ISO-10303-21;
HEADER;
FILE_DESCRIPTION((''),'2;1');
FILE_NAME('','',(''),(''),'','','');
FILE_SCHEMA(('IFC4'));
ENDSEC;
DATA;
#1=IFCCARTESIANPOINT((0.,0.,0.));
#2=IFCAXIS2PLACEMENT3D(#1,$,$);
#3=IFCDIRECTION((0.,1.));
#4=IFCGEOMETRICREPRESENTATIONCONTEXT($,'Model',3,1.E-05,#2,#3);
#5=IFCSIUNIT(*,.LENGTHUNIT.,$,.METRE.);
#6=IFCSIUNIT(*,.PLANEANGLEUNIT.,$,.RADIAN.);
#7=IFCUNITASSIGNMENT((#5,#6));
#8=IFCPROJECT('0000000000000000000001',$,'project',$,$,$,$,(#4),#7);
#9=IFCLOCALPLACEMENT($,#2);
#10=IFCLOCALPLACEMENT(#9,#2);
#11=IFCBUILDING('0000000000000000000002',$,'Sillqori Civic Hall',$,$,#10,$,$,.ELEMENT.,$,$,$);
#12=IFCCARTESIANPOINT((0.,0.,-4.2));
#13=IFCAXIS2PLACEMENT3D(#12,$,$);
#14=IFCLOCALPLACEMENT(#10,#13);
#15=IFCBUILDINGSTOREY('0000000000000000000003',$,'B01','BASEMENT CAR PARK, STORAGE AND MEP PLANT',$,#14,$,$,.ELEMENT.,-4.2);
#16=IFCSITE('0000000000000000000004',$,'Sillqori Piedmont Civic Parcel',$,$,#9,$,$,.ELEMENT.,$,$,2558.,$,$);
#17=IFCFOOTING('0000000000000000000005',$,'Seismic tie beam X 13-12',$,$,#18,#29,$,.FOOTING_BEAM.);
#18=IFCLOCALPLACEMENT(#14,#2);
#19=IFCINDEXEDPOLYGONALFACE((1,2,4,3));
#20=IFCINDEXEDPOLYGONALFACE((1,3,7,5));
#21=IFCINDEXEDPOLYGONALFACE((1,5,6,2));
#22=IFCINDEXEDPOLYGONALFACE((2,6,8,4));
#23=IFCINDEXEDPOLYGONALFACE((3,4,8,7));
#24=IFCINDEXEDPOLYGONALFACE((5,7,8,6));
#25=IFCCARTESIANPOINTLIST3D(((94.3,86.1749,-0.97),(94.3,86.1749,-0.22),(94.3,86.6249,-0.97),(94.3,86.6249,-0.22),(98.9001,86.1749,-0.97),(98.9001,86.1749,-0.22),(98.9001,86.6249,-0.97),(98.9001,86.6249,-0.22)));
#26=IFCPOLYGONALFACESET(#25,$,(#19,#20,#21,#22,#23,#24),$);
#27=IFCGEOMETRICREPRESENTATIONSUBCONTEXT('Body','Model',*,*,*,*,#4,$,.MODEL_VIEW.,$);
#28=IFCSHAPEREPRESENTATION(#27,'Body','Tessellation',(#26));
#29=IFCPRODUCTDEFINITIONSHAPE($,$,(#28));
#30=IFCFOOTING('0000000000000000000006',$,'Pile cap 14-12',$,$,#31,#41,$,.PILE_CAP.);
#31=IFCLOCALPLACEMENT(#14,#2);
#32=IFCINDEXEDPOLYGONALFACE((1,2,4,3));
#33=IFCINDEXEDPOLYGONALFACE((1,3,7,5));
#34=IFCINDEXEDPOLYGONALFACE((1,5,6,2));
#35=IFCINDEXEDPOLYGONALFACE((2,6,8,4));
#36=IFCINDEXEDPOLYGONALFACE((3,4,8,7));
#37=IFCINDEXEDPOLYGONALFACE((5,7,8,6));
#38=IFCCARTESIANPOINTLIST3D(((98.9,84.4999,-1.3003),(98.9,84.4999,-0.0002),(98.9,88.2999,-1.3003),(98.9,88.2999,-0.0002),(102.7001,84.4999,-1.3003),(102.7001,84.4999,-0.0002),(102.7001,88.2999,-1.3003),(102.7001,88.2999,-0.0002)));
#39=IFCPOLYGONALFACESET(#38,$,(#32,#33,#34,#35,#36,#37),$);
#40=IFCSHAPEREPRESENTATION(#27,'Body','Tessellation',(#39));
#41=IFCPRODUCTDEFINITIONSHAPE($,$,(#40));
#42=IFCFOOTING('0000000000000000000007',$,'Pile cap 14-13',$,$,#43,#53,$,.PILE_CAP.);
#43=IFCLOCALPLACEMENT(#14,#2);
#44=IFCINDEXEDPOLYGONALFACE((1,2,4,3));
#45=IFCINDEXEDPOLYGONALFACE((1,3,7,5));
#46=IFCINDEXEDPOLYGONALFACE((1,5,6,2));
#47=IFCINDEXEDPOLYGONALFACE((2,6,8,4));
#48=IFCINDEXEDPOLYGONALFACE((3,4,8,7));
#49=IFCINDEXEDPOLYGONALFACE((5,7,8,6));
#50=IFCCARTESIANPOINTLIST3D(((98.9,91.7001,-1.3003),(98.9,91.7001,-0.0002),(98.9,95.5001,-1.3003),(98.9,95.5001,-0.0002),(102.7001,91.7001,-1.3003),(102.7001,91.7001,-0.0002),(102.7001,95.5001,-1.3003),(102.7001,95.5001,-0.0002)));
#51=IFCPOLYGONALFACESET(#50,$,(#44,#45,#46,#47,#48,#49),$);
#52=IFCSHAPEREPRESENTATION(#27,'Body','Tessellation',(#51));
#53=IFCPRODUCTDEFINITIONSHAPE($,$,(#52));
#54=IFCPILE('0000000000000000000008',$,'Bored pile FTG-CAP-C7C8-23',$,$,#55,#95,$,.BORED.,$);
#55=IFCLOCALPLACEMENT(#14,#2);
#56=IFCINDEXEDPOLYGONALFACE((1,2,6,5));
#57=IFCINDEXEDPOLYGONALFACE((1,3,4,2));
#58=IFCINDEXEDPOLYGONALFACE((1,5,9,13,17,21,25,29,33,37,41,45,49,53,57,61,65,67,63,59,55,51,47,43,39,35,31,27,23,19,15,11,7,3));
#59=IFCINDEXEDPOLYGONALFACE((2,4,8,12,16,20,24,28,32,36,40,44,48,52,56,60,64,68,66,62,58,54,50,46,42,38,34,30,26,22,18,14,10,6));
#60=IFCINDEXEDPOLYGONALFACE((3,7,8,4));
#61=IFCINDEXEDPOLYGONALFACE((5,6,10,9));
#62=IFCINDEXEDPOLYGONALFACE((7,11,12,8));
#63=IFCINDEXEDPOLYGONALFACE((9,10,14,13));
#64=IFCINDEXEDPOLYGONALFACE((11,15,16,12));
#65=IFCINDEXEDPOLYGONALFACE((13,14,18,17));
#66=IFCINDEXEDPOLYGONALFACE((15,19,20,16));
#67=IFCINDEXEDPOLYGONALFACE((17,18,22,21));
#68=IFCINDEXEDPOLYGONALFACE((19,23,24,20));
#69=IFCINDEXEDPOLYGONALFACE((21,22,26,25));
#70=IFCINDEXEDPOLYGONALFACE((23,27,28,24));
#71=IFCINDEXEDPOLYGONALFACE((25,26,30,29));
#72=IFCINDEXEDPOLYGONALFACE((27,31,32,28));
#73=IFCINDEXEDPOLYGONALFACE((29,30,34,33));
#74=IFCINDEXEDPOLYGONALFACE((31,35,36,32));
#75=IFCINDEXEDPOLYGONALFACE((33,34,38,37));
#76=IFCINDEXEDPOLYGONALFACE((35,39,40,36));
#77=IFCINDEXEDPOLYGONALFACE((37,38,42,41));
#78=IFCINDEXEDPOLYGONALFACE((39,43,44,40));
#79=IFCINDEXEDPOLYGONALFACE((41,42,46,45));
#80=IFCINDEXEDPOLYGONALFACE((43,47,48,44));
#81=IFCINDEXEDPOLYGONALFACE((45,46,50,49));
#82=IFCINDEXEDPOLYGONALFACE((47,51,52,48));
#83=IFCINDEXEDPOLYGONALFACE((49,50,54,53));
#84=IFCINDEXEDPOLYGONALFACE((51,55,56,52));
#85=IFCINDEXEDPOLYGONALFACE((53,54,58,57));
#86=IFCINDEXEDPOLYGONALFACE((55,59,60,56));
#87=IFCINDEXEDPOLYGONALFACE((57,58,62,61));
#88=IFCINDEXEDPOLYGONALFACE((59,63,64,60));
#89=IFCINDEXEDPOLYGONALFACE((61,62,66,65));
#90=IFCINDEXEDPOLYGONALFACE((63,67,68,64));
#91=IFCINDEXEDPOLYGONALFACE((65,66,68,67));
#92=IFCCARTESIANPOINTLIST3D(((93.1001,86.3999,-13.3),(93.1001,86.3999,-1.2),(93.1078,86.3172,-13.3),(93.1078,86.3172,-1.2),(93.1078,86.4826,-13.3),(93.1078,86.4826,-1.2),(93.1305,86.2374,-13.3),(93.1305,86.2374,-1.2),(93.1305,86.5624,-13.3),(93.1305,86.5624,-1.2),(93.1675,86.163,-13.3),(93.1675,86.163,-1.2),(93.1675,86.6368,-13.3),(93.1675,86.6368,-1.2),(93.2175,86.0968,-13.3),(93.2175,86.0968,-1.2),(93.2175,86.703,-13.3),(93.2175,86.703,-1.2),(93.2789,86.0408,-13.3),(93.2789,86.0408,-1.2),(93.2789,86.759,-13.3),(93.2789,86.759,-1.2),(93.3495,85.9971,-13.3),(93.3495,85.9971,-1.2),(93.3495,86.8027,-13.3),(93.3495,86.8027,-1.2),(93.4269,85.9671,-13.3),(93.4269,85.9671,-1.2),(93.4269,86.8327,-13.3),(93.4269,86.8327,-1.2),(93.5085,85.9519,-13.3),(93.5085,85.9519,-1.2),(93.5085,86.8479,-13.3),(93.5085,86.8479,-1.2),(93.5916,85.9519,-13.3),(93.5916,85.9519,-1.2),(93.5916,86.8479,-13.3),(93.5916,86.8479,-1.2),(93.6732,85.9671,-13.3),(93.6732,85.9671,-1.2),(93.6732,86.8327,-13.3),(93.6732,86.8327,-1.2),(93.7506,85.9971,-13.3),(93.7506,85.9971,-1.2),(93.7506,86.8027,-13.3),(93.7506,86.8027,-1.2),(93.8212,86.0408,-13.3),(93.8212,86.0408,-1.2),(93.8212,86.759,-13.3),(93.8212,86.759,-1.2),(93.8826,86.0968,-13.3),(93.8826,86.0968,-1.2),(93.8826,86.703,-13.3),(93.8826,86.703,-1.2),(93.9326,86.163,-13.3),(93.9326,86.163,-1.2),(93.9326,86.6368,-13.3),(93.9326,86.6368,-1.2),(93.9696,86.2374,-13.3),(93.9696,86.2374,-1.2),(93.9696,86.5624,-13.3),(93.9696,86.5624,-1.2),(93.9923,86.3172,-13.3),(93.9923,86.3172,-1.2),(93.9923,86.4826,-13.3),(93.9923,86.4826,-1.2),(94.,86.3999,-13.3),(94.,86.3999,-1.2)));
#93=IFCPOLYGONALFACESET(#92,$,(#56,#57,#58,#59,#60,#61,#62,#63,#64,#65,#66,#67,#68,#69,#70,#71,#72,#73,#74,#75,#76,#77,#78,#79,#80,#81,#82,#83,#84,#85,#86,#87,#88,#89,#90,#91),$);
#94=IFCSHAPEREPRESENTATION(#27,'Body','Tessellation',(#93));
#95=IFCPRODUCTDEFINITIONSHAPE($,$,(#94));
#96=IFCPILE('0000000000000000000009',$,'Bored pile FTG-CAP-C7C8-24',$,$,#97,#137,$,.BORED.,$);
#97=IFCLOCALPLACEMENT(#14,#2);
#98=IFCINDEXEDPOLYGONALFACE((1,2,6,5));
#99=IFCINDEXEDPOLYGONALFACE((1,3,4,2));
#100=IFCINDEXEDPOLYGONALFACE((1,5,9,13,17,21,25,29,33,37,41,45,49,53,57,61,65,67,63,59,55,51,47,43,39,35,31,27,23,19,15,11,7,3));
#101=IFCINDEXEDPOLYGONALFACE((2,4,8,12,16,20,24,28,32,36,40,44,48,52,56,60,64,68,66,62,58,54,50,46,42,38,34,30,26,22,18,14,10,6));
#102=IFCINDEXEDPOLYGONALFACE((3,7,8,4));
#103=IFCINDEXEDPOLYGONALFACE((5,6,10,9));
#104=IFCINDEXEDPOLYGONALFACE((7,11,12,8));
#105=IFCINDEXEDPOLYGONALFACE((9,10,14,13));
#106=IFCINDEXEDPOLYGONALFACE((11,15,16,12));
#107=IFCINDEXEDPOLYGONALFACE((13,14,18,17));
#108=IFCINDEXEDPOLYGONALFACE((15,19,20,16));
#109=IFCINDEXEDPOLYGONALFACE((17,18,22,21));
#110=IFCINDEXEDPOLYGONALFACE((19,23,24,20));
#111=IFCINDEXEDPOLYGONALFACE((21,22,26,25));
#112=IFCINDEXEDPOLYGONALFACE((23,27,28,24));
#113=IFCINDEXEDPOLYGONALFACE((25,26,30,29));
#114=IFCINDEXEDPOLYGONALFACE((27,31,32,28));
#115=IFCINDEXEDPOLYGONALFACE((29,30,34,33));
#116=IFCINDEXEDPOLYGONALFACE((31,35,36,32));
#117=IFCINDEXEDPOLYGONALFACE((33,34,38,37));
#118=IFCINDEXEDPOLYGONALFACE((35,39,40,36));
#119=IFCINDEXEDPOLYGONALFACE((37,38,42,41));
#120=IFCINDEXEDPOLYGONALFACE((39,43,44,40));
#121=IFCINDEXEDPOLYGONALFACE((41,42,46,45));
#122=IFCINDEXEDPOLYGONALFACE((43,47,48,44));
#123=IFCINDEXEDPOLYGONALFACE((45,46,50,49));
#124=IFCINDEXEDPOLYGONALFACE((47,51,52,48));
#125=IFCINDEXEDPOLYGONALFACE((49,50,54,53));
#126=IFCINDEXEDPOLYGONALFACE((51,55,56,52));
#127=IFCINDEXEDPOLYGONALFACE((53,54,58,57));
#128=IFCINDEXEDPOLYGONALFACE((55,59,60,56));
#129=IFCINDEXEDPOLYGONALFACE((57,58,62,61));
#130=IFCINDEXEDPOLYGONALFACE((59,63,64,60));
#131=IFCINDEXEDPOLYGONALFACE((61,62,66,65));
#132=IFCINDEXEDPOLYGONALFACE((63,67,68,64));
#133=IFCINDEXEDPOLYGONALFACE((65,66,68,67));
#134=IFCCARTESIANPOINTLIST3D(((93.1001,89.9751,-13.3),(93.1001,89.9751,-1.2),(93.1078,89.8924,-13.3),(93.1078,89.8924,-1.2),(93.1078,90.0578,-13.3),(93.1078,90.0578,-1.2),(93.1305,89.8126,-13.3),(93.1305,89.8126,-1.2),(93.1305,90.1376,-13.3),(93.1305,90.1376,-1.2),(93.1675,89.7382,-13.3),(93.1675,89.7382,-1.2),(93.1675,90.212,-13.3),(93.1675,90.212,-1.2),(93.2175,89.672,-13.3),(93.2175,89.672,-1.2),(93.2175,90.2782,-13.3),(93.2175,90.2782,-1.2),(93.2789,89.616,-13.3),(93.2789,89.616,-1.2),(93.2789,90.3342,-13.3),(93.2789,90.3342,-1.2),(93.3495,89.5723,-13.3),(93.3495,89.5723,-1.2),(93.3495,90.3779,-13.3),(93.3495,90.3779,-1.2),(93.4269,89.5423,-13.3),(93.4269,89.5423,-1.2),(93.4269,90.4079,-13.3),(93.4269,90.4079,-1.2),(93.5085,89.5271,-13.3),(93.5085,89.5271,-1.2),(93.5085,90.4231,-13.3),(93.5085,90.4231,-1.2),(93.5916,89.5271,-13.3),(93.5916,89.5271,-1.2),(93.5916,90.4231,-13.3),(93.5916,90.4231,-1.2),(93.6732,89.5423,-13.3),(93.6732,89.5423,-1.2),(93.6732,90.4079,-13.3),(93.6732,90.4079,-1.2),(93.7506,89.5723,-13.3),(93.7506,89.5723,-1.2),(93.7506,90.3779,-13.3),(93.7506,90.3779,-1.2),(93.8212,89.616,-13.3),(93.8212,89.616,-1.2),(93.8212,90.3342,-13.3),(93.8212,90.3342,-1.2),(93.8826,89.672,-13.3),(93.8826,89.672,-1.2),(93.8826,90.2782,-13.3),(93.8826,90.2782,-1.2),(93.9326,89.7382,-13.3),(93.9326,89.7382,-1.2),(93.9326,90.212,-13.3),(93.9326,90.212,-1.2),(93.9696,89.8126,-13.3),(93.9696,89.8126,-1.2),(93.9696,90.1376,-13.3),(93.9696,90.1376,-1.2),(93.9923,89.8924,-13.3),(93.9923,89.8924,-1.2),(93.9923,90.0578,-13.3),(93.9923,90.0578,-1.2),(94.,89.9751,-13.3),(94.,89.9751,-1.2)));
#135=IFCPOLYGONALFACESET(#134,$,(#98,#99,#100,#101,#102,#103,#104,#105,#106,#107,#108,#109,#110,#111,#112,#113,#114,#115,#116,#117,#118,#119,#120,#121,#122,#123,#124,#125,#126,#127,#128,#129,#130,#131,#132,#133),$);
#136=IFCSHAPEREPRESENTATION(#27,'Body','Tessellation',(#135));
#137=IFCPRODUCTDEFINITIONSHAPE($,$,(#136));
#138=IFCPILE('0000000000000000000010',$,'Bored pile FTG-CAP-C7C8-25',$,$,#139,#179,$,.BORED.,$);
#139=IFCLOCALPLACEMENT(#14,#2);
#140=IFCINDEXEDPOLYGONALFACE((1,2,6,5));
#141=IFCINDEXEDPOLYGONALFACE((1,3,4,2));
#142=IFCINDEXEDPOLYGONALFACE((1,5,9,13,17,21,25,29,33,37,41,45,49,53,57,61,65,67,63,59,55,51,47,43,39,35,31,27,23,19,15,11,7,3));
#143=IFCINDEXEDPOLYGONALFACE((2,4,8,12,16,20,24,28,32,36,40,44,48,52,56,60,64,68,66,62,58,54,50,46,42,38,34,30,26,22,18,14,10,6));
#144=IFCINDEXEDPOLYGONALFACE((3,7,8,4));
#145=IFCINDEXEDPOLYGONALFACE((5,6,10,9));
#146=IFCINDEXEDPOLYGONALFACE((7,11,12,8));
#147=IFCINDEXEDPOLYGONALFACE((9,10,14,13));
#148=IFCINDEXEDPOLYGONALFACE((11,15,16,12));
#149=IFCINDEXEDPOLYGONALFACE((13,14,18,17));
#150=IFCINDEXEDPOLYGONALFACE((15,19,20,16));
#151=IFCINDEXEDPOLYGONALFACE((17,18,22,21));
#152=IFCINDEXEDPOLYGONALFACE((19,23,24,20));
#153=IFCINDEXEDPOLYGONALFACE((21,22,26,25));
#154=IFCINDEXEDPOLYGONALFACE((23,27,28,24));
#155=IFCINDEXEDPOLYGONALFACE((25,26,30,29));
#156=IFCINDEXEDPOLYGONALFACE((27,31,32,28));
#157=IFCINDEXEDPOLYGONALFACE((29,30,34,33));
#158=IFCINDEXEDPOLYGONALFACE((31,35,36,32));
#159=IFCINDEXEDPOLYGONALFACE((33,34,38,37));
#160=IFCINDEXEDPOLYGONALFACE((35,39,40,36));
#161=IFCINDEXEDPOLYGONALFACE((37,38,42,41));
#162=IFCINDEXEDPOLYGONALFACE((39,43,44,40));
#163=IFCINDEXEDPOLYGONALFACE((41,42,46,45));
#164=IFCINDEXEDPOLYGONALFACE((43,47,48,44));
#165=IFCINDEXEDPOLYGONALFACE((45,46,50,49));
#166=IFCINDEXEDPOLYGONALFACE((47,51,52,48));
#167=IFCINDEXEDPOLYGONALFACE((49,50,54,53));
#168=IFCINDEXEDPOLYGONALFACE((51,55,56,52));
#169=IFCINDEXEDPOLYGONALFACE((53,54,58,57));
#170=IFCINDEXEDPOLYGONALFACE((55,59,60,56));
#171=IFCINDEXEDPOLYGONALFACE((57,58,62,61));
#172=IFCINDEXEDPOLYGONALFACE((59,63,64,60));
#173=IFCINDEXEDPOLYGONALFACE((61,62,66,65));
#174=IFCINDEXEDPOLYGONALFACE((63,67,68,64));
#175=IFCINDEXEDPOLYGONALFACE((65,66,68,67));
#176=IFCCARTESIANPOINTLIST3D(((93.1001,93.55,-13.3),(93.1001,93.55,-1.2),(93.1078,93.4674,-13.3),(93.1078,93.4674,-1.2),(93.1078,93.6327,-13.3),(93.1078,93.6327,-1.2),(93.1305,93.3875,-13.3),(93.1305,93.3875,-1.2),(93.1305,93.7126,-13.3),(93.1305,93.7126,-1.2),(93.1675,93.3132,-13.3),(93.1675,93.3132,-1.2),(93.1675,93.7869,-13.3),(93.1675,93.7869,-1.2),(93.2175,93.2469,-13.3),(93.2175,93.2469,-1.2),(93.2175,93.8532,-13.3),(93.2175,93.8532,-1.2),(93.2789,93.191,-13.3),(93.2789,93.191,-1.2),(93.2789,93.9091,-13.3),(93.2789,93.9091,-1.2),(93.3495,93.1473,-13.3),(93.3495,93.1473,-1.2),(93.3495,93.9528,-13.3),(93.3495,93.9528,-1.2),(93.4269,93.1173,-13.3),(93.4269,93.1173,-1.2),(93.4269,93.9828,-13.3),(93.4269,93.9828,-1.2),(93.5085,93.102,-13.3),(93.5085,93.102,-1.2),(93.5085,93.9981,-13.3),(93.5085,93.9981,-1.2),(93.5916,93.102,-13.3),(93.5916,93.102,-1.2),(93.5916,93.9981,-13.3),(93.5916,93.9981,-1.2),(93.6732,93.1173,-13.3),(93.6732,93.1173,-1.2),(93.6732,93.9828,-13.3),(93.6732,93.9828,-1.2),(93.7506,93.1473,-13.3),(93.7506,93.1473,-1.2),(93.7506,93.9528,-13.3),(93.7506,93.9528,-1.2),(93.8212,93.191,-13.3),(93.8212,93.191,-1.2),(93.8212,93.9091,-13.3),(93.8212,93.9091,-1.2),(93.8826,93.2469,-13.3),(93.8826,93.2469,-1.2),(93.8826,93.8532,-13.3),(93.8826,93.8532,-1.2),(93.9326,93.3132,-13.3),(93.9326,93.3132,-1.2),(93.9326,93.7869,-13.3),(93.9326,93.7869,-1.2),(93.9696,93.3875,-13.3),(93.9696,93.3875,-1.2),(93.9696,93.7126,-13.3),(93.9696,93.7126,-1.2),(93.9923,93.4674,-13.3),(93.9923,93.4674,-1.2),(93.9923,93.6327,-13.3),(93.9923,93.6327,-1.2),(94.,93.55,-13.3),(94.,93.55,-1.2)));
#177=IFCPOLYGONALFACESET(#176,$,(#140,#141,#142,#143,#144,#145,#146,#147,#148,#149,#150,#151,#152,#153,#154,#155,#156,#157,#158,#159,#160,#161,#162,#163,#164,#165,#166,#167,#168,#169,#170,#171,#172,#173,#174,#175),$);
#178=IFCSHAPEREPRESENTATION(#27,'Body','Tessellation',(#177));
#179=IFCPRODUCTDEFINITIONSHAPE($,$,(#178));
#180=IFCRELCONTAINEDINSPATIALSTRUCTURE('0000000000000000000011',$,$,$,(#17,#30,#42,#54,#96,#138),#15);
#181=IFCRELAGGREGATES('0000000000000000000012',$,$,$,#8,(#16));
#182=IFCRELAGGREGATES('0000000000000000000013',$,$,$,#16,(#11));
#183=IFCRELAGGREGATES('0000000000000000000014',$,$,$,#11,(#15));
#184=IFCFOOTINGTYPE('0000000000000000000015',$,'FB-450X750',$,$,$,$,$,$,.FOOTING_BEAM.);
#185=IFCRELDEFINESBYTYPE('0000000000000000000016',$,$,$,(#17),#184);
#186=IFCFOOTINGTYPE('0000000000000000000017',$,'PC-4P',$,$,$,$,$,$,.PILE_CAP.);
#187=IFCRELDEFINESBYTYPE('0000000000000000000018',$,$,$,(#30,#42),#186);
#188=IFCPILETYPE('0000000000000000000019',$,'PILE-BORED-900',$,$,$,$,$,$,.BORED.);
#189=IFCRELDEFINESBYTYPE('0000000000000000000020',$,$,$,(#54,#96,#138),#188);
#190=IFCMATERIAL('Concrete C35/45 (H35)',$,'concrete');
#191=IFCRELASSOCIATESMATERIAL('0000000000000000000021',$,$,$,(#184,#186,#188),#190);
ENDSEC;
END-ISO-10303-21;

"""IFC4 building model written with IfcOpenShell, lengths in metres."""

from ifc_helpers import new_model, si_unit, direction, frame, origin, origin_2d, place, context, subcontext, project, spatial, rectangle, circle, extrude, material, material_profile, profile_set, type_object, element, save


model = new_model("IFC4")

# Units and contexts
model_context = context("Model", 3, precision=1e-05, world=origin(), true_north=direction((0.0, 1.0)))
body_context = subcontext(model_context, "Body", "Model", "MODEL_VIEW")
ifc_project = project(units=[si_unit("LENGTHUNIT", "METRE"), si_unit("PLANEANGLEUNIT", "RADIAN")], contexts=[model_context])

# Site, building, storey
site_placement = place(None, origin())
site = spatial("IfcSite", under=ifc_project, at=site_placement, Name="Sillqori Piedmont Civic Parcel", CompositionType="ELEMENT", RefElevation=2558.0)
building_placement = place(site_placement, origin())
building = spatial("IfcBuilding", under=site, at=building_placement, Name="Sillqori Civic Hall", CompositionType="ELEMENT")
storey_placement = place(building_placement, frame((0.0, 0.0, -4.2)))
storey = spatial("IfcBuildingStorey", under=building, at=storey_placement, Name="B01", Description="BASEMENT CAR PARK, STORAGE AND MEP PLANT", CompositionType="ELEMENT", Elevation=-4.2)

# Footings
ifc_material_1 = material(Name="Concrete C35/45 (H35)", Category="concrete")
footing_type_1 = type_object("IfcFootingType", Name="FB-450X750", PredefinedType="FOOTING_BEAM", material=ifc_material_1)
footing_1_placement = place(storey_placement, frame((96.6001, 86.3999, -0.97), z_axis=(0.0, 0.0, 1.0), x_axis=(1.0, 0.0, 0.0)))
element("IfcFooting", 1, at=footing_1_placement, inside=storey, type_object=footing_type_1, Name="Seismic tie beam X 13-12", PredefinedType="FOOTING_BEAM", context=body_context, shape_type="SweptSolid", body=[
    extrude(rectangle(XDim=4.6001, YDim=0.45, at=origin_2d()), origin(), (0.0, 0.0, 1.0), 0.75),
])
footing_type_2 = type_object("IfcFootingType", Name="PC-4P", PredefinedType="PILE_CAP", material=ifc_material_1)
for number, where, z_axis, x_axis, name in (
    (2, (100.8, 86.3999, -1.3003), (0.0, 0.0, 1.0), (1.0, 0.0, 0.0), "Pile cap 14-12"),
    (3, (100.8, 93.6001, -1.3003), (0.0, 0.0, 1.0), (1.0, 0.0, 0.0), "Pile cap 14-13"),
):
    element("IfcFooting", number, at=place(storey_placement, frame(where, z_axis=z_axis, x_axis=x_axis)), inside=storey, type_object=footing_type_2, Name=name, PredefinedType="PILE_CAP", context=body_context, shape_type="SweptSolid", body=[
        extrude(rectangle(XDim=3.8, YDim=3.8, at=origin_2d()), origin(), (0.0, 0.0, 1.0), 1.3),
    ])

# Piles
ifc_material_profile_1 = material_profile(ifc_material_1, circle(Radius=0.45, at=origin_2d()), Name="BORED PILE 900")
ifc_profile_set_1 = profile_set([ifc_material_profile_1], Name="Concrete C35/45 (H35)")
pile_type = type_object("IfcPileType", Name="PILE-BORED-900", PredefinedType="BORED", material=ifc_profile_set_1)
for number, where, z_axis, x_axis, name in (
    (4, (93.55, 86.3999, -1.2), (0.0, 0.0, -1.0), (1.0, 0.0, 0.0), "Bored pile FTG-CAP-C7C8-23"),
    (5, (93.55, 89.9751, -1.2), (0.0, 0.0, -1.0), (1.0, 0.0, 0.0), "Bored pile FTG-CAP-C7C8-24"),
    (6, (93.55, 93.55, -1.2), (0.0, 0.0, -1.0), (1.0, 0.0, 0.0), "Bored pile FTG-CAP-C7C8-25"),
):
    element("IfcPile", number, at=place(storey_placement, frame(where, z_axis=z_axis, x_axis=x_axis)), inside=storey, type_object=pile_type, Name=name, PredefinedType="BORED", context=body_context, shape_type="SweptSolid", body=[
        extrude(circle(Radius=0.45, at=origin_2d()), origin(), (0.0, 0.0, 1.0), 12.1001),
    ])

save(model, "model.ifc")
